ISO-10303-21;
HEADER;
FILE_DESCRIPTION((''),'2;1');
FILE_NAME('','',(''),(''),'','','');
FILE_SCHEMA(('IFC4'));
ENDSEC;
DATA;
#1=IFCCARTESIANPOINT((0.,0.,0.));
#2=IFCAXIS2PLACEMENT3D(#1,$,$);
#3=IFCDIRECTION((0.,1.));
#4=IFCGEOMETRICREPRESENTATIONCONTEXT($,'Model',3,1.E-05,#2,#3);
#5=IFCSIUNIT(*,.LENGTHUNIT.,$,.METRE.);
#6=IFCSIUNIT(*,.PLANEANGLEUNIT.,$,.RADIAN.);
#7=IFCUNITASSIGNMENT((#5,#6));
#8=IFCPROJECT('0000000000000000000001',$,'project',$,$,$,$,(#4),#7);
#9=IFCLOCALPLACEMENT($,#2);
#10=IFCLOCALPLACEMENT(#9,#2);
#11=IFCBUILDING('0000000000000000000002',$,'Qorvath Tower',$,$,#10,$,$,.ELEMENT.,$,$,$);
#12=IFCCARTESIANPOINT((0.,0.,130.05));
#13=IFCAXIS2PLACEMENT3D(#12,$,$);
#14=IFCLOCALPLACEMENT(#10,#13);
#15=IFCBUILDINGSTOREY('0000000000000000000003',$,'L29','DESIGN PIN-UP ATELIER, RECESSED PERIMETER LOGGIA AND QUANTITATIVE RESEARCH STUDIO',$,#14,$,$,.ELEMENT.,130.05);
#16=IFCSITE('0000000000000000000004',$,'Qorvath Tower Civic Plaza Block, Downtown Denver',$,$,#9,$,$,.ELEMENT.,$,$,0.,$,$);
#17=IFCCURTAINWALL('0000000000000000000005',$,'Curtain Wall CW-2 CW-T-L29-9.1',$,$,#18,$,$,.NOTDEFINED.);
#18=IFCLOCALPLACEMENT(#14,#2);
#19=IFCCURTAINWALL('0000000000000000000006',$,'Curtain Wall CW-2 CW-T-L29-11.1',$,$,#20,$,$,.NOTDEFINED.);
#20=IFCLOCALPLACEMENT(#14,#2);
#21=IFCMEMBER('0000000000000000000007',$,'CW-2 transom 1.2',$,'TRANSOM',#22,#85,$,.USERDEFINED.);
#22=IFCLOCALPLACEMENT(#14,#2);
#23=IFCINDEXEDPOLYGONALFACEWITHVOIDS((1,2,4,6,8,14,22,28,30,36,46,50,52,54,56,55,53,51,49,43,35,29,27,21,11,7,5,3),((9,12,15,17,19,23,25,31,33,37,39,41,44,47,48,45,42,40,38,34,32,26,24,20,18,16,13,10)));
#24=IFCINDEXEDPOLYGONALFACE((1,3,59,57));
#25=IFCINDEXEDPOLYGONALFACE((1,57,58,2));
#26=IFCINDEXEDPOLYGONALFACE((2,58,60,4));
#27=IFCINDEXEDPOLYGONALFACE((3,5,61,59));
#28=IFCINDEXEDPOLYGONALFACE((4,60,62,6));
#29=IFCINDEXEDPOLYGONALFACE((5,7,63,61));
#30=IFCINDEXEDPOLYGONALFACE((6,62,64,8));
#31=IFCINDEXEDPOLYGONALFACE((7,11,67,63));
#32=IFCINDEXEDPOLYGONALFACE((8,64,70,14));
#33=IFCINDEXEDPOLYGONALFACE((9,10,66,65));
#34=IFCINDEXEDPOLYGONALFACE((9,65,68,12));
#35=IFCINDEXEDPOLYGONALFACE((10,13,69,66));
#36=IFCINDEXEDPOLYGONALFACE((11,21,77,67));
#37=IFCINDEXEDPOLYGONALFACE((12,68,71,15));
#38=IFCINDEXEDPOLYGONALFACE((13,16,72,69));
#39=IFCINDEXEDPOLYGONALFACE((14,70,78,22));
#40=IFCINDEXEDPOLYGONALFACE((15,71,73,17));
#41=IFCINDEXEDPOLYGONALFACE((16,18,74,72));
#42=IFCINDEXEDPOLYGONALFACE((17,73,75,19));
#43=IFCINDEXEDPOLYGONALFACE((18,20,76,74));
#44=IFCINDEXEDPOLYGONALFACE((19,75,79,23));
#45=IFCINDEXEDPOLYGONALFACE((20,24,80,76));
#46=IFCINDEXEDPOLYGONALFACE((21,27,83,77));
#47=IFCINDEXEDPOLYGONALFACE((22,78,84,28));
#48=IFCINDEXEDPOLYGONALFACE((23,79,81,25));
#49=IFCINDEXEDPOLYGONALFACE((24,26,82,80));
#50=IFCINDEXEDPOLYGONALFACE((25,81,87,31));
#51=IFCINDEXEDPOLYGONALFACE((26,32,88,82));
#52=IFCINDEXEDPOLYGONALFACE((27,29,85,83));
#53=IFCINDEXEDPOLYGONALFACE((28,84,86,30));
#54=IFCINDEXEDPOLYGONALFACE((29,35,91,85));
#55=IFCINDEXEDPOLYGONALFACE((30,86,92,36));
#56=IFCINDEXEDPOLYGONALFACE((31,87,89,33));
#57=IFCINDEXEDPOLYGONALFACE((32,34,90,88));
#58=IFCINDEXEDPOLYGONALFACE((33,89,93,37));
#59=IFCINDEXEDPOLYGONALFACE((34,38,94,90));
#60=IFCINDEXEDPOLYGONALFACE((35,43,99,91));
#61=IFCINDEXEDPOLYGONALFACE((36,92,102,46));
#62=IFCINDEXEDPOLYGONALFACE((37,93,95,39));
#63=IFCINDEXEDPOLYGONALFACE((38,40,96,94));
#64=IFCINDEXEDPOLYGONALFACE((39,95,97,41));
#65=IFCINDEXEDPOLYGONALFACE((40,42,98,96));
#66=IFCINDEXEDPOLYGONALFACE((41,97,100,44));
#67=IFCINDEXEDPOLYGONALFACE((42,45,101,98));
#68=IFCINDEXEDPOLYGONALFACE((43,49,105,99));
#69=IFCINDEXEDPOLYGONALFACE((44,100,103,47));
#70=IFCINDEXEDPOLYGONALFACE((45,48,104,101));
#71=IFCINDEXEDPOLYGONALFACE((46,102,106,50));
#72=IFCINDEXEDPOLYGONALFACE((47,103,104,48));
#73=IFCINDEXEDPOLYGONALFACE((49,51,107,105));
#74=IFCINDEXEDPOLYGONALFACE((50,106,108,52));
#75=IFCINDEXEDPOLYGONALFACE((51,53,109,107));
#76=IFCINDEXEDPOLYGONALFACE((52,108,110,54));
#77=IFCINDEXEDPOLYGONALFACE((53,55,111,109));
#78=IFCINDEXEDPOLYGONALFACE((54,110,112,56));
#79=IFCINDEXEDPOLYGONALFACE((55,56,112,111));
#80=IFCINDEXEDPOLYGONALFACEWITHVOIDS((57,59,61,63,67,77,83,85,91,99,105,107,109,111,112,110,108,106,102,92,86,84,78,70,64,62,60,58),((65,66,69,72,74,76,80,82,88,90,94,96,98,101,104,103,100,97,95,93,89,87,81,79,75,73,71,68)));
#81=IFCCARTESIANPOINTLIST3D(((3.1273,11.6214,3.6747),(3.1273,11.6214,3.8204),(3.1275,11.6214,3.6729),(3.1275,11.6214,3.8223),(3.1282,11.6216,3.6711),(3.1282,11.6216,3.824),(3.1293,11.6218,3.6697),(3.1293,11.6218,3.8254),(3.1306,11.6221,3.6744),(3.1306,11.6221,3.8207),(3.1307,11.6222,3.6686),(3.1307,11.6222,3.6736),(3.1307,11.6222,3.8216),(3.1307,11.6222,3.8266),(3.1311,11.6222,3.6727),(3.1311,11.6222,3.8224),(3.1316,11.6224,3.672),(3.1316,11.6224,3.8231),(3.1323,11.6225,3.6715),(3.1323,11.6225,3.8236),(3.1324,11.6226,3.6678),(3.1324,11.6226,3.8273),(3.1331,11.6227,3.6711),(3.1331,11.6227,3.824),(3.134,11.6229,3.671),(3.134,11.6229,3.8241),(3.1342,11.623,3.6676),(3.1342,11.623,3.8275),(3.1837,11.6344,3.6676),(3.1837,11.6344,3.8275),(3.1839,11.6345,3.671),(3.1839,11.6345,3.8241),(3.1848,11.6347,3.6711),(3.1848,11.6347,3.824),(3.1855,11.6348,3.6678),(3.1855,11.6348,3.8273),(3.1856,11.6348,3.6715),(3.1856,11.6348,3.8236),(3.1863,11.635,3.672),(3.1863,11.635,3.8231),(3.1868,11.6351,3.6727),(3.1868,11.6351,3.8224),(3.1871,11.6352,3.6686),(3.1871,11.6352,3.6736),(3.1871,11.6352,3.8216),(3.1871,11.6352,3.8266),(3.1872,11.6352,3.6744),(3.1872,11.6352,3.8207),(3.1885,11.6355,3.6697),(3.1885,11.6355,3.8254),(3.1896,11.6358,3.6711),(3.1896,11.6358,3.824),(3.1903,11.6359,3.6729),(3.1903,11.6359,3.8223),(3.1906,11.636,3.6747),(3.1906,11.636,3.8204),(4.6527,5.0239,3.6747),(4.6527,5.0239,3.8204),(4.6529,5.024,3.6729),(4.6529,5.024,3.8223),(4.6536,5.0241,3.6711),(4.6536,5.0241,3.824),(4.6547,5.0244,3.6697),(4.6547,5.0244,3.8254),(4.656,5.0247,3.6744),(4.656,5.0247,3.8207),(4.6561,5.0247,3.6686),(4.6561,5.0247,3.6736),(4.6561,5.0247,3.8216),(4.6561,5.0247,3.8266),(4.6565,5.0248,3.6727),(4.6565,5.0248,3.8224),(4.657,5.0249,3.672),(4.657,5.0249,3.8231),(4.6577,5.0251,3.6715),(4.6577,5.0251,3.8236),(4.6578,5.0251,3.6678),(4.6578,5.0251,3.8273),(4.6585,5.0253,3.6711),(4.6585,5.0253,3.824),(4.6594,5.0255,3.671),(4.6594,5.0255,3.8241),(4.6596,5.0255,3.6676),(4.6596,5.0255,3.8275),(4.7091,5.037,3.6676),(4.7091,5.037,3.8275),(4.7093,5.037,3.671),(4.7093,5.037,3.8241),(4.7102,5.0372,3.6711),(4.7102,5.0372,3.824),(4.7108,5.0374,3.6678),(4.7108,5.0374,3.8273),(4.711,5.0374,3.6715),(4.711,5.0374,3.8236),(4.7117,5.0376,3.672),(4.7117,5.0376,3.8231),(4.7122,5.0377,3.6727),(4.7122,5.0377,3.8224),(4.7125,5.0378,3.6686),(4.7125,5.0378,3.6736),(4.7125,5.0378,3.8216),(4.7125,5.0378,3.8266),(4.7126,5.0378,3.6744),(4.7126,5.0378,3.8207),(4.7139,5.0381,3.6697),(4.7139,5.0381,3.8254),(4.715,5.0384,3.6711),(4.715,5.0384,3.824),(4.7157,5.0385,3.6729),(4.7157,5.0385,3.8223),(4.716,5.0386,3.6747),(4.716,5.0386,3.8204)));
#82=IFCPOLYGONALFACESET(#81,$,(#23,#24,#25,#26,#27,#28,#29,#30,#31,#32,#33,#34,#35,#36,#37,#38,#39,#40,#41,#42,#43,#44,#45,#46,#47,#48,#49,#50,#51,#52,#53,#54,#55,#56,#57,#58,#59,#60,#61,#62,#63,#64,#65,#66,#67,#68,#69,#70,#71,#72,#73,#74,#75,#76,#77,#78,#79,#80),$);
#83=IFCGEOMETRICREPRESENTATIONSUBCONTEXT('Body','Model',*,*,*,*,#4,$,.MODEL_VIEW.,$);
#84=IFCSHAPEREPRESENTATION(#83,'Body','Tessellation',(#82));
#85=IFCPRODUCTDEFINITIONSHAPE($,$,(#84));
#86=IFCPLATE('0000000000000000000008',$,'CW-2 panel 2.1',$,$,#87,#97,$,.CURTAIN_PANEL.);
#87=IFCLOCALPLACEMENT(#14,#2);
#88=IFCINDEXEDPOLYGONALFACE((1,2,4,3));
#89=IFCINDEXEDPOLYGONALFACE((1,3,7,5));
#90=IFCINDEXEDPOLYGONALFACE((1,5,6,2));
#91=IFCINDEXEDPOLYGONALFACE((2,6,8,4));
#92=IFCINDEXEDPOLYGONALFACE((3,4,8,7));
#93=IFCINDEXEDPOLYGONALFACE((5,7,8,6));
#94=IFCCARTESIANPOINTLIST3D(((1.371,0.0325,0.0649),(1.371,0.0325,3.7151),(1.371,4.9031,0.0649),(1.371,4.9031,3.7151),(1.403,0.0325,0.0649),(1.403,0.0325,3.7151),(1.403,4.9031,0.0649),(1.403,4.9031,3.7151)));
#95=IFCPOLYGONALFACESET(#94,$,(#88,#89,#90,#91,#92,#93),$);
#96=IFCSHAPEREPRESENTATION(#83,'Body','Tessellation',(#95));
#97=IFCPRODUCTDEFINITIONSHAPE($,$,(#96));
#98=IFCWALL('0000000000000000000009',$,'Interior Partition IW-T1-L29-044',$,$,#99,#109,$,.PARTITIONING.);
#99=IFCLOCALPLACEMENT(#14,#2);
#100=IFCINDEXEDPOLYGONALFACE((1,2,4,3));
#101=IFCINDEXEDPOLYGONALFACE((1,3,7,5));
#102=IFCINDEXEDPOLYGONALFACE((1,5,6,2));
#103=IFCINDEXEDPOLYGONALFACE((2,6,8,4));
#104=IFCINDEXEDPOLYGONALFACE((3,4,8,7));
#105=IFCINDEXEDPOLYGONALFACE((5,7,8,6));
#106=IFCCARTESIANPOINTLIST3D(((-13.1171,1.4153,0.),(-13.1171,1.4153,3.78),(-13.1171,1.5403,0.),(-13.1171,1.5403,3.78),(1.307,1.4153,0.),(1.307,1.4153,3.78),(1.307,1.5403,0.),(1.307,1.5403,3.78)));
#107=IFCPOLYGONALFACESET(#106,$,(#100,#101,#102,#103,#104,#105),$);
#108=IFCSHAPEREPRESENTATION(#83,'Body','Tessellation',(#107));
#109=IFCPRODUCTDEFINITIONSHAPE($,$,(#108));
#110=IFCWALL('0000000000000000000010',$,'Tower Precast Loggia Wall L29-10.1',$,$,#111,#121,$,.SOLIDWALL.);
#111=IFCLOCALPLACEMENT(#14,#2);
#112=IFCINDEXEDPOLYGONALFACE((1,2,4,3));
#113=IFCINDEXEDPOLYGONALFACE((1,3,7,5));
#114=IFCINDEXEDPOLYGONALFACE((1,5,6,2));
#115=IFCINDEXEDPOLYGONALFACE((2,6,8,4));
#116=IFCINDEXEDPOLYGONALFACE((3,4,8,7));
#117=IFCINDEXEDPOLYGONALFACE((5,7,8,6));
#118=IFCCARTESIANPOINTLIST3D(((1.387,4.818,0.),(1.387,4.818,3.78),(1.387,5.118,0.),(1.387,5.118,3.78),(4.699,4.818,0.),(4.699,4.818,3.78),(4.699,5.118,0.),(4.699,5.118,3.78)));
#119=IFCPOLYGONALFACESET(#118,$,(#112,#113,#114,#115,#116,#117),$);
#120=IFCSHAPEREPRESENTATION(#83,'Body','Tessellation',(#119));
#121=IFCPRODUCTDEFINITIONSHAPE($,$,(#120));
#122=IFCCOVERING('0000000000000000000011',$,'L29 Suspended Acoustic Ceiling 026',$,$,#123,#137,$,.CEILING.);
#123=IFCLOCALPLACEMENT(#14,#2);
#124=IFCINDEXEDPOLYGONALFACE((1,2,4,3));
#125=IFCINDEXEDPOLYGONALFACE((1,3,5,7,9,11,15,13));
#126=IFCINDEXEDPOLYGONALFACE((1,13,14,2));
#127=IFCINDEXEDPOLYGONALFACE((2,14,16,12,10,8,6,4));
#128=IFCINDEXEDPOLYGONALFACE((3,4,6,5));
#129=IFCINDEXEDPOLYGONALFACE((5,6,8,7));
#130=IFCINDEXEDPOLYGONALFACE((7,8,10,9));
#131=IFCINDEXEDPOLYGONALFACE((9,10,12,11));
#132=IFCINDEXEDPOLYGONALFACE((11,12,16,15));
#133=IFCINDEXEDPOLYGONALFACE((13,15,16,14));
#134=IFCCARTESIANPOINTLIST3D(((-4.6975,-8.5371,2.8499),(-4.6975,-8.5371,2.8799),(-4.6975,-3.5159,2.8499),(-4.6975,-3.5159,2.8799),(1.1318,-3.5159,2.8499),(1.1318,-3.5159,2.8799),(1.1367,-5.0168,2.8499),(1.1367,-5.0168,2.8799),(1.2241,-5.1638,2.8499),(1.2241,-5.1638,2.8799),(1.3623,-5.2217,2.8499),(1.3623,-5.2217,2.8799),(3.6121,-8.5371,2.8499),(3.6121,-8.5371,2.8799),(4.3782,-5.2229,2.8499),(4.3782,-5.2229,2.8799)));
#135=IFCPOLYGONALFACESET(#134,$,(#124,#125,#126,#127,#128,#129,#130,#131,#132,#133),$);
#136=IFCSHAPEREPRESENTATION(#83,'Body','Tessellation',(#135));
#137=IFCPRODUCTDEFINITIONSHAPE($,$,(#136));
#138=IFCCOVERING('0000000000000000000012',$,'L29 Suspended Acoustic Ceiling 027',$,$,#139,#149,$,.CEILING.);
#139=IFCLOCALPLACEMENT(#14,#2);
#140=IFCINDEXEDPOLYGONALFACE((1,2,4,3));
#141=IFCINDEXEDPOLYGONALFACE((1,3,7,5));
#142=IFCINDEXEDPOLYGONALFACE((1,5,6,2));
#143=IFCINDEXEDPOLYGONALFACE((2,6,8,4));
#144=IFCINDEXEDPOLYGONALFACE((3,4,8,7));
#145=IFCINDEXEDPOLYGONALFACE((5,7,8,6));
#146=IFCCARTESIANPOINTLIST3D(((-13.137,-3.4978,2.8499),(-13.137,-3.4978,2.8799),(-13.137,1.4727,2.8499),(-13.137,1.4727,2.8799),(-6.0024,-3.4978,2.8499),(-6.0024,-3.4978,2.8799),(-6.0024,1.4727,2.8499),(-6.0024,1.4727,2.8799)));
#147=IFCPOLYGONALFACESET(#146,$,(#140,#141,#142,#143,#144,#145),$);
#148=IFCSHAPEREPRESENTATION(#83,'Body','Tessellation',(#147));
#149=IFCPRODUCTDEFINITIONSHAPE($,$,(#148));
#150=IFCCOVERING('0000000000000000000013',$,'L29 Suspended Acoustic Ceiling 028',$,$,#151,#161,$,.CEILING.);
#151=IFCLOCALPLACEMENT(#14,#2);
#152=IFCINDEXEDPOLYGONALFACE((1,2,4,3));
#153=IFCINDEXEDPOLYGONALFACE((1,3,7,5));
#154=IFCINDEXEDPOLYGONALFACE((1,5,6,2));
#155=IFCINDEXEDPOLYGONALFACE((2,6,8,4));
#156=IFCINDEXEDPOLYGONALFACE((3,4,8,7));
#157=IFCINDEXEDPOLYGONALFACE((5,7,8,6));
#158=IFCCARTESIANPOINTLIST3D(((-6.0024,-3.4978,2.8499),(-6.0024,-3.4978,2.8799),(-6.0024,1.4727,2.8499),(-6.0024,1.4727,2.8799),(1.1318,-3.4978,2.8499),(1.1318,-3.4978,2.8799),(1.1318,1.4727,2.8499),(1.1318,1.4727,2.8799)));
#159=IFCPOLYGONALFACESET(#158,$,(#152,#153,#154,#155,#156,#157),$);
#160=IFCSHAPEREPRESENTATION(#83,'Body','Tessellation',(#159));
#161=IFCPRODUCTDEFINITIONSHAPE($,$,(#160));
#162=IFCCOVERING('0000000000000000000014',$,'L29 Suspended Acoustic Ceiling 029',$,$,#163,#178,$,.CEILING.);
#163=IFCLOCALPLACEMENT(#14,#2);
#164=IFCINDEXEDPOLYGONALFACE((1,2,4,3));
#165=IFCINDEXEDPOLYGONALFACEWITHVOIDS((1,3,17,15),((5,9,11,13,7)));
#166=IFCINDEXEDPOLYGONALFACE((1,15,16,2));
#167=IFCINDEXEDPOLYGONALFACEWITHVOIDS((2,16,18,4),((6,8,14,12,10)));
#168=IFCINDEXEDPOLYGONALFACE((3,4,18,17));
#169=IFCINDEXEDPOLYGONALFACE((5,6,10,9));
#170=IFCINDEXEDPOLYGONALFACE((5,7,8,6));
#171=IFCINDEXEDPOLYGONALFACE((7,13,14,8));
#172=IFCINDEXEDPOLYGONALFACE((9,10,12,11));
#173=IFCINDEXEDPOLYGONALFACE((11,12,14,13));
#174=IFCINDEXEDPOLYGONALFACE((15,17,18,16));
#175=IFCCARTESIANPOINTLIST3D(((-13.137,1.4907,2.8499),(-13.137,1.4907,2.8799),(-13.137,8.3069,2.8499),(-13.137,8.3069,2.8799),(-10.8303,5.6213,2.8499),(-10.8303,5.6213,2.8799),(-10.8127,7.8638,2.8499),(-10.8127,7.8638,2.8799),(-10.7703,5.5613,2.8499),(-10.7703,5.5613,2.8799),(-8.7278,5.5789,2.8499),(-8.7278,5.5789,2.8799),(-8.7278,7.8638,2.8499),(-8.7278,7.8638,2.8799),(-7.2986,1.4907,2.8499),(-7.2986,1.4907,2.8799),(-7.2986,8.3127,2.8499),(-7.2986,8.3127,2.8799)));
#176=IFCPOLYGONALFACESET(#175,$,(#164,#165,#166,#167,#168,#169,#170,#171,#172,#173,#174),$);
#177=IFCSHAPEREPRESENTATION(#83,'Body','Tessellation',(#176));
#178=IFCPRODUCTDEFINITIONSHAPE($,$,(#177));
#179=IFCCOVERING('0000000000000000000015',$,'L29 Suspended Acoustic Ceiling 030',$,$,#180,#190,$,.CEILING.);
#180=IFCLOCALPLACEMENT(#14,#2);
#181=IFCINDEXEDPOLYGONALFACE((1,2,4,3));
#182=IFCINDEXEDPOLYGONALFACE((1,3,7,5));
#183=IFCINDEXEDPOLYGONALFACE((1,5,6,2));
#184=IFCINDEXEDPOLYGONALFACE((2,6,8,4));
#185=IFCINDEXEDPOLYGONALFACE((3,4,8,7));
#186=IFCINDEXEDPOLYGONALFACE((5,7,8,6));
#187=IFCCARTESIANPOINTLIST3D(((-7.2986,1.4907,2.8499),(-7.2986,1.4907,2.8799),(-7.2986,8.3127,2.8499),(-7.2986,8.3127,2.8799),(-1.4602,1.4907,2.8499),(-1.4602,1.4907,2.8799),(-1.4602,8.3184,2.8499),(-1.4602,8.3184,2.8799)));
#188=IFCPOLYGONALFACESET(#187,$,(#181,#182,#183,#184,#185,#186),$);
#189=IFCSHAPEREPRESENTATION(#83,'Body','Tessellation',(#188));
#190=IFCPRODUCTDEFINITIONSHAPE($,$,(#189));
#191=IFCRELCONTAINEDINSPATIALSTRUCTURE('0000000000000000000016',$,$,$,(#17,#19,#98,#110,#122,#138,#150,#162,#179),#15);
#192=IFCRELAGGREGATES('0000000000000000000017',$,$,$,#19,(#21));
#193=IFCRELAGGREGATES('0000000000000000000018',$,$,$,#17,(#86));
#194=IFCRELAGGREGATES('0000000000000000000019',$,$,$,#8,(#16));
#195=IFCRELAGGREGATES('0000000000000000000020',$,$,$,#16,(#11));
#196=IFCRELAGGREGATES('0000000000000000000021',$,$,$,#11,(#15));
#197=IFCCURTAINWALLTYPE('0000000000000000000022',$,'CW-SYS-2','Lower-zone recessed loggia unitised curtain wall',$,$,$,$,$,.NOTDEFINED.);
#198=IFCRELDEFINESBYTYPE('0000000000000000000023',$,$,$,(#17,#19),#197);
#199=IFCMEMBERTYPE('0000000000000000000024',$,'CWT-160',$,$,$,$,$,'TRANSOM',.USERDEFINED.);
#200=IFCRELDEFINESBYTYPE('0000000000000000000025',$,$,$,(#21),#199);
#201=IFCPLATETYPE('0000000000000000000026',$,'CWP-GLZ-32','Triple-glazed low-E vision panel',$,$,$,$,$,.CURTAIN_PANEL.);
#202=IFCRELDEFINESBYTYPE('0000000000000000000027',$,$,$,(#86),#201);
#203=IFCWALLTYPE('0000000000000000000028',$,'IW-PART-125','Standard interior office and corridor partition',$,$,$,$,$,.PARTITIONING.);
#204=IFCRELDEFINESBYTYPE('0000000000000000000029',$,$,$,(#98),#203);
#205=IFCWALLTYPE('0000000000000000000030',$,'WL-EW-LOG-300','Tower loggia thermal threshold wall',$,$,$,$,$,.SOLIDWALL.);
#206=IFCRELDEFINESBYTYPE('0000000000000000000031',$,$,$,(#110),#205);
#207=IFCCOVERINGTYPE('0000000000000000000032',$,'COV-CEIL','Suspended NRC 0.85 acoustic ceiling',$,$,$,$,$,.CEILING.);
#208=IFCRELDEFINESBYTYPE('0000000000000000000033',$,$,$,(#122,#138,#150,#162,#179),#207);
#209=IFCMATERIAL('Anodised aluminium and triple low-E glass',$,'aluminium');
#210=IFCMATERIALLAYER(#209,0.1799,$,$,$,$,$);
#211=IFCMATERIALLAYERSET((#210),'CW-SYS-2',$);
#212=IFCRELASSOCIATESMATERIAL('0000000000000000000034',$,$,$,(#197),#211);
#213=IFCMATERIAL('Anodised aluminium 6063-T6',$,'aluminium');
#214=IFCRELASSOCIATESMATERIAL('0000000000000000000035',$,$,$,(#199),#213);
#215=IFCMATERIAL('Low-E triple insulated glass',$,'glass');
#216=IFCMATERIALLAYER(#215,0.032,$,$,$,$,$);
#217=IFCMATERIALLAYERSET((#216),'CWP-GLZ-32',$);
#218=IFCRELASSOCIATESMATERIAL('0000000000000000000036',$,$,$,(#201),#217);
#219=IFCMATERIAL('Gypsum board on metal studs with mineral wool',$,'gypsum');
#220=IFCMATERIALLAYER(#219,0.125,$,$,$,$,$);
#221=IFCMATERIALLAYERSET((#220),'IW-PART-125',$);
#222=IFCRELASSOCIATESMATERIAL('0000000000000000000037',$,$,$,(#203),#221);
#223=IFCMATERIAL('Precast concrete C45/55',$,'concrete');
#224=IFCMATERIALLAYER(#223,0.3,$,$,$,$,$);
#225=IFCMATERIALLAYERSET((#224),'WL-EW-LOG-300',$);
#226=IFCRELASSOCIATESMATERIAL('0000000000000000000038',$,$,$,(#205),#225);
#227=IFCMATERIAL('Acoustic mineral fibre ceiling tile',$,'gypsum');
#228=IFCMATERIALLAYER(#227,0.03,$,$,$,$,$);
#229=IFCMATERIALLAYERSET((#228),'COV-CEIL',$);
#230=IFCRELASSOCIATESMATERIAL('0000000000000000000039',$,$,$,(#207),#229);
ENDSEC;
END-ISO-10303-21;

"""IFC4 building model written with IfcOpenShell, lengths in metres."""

from ifc_helpers import new_model, si_unit, direction, frame, frame_2d, origin, origin_2d, place, context, subcontext, project, spatial, polyline, rectangle, hollow_rectangle, outline, extrude, material, layer, layer_set, material_profile, profile_set, type_object, element, aggregate, save


model = new_model("IFC4")

# Units and contexts
model_context = context("Model", 3, precision=1e-05, world=origin(), true_north=direction((0.0, 1.0)))
body_context = subcontext(model_context, "Body", "Model", "MODEL_VIEW")
ifc_project = project(units=[si_unit("LENGTHUNIT", "METRE"), si_unit("PLANEANGLEUNIT", "RADIAN")], contexts=[model_context])

# Site, building, storey
site_placement = place(None, origin())
site = spatial("IfcSite", under=ifc_project, at=site_placement, Name="Qorvath Tower Civic Plaza Block, Downtown Denver", CompositionType="ELEMENT", RefElevation=0.0)
building_placement = place(site_placement, origin())
building = spatial("IfcBuilding", under=site, at=building_placement, Name="Qorvath Tower", CompositionType="ELEMENT")
storey_placement = place(building_placement, frame((0.0, 0.0, 130.05)))
storey = spatial("IfcBuildingStorey", under=building, at=storey_placement, Name="L29", Description="DESIGN PIN-UP ATELIER, RECESSED PERIMETER LOGGIA AND QUANTITATIVE RESEARCH STUDIO", CompositionType="ELEMENT", Elevation=130.05)

# Curtain wall
ifc_material_1 = material(Name="Anodised aluminium and triple low-E glass", Category="aluminium")
ifc_layer_1 = layer(ifc_material_1, 0.1799)
ifc_layer_set_1 = layer_set([ifc_layer_1], Name="CW-SYS-2")
curtain_wall_type = type_object("IfcCurtainWallType", Name="CW-SYS-2", Description="Lower-zone recessed loggia unitised curtain wall", PredefinedType="NOTDEFINED", material=ifc_layer_set_1)
curtain_wall_1_placement = place(storey_placement, origin())
curtain_wall_1 = element("IfcCurtainWall", 1, at=curtain_wall_1_placement, inside=storey, type_object=curtain_wall_type, Name="Curtain Wall CW-2 CW-T-L29-9.1", PredefinedType="NOTDEFINED")

# Curtain wall
curtain_wall_2_placement = place(storey_placement, origin())
curtain_wall_2 = element("IfcCurtainWall", 2, at=curtain_wall_2_placement, inside=storey, type_object=curtain_wall_type, Name="Curtain Wall CW-2 CW-T-L29-11.1", PredefinedType="NOTDEFINED")

# Member
ifc_material_2 = material(Name="Anodised aluminium 6063-T6", Category="aluminium")
ifc_material_profile_1 = material_profile(ifc_material_2, hollow_rectangle(XDim=0.0649, YDim=0.1599, WallThickness=0.0034, InnerFilletRadius=0.0034, OuterFilletRadius=0.0071, at=origin_2d()), Name="CWT 160x65")
ifc_profile_set_1 = profile_set([ifc_material_profile_1], Name="Anodised aluminium 6063-T6")
member_type_1 = type_object("IfcMemberType", Name="CWT-160", ElementType="TRANSOM", PredefinedType="USERDEFINED", material=ifc_profile_set_1)
member_1_placement = place(storey_placement, frame((4.6843, 5.0312, 3.7476), z_axis=(-0.225268, 0.974297, 0.0), x_axis=(-0.974297, -0.225268, 0.0)))
member_1 = element("IfcMember", 3, at=member_1_placement, type_object=member_type_1, Name="CW-2 transom 1.2", ObjectType="TRANSOM", PredefinedType="USERDEFINED", context=body_context, shape_type="SweptSolid", body=[
    extrude(hollow_rectangle(XDim=0.0649, YDim=0.1599, WallThickness=0.0034, InnerFilletRadius=0.0034, OuterFilletRadius=0.0071, at=origin_2d()), origin(), (0.0, 0.0, 1.0), 6.7715),
])
aggregate(curtain_wall_2, [member_1])

# Plate
ifc_material_3 = material(Name="Low-E triple insulated glass", Category="glass")
ifc_layer_2 = layer(ifc_material_3, 0.032)
ifc_layer_set_2 = layer_set([ifc_layer_2], Name="CWP-GLZ-32")
plate_type = type_object("IfcPlateType", Name="CWP-GLZ-32", Description="Triple-glazed low-E vision panel", PredefinedType="CURTAIN_PANEL", material=ifc_layer_set_2)
plate_placement = place(storey_placement, frame((1.387, 2.4678, 0.0649), z_axis=(0.0, 0.0, 1.0), x_axis=(0.0, 1.0, 0.0)))
plate = element("IfcPlate", 4, at=plate_placement, type_object=plate_type, Name="CW-2 panel 2.1", PredefinedType="CURTAIN_PANEL", context=body_context, shape_type="SweptSolid", body=[
    extrude(rectangle(XDim=4.8706, YDim=0.032, at=origin_2d()), origin(), (0.0, 0.0, 1.0), 3.6501),
])
aggregate(curtain_wall_1, [plate])

# Walls
ifc_material_4 = material(Name="Gypsum board on metal studs with mineral wool", Category="gypsum")
ifc_layer_3 = layer(ifc_material_4, 0.125)
ifc_layer_set_3 = layer_set([ifc_layer_3], Name="IW-PART-125")
wall_type_1 = type_object("IfcWallType", Name="IW-PART-125", Description="Standard interior office and corridor partition", PredefinedType="PARTITIONING", material=ifc_layer_set_3)
wall_1_placement = place(storey_placement, frame((1.3069, 1.4778, 0.0), z_axis=(0.0, 0.0, 1.0), x_axis=(-1.0, 0.0, 0.0)))
element("IfcWall", 5, at=wall_1_placement, inside=storey, type_object=wall_type_1, Name="Interior Partition IW-T1-L29-044", PredefinedType="PARTITIONING", context=body_context, shape_type="SweptSolid", body=[
    extrude(rectangle(XDim=14.4241, YDim=0.125, at=frame_2d((7.2119, 0.0))), origin(), (0.0, 0.0, 1.0), 3.78),
])
ifc_material_5 = material(Name="Precast concrete C45/55", Category="concrete")
ifc_layer_4 = layer(ifc_material_5, 0.3)
ifc_layer_set_4 = layer_set([ifc_layer_4], Name="WL-EW-LOG-300")
wall_type_2 = type_object("IfcWallType", Name="WL-EW-LOG-300", Description="Tower loggia thermal threshold wall", PredefinedType="SOLIDWALL", material=ifc_layer_set_4)
wall_2_placement = place(storey_placement, frame((1.387, 4.968, 0.0), z_axis=(0.0, 0.0, 1.0), x_axis=(1.0, 0.0, 0.0)))
element("IfcWall", 6, at=wall_2_placement, inside=storey, type_object=wall_type_2, Name="Tower Precast Loggia Wall L29-10.1", PredefinedType="SOLIDWALL", context=body_context, shape_type="SweptSolid", body=[
    extrude(rectangle(XDim=3.312, YDim=0.3, at=frame_2d((1.656, 0.0))), origin(), (0.0, 0.0, 1.0), 3.78),
])

# Coverings
ifc_material_6 = material(Name="Acoustic mineral fibre ceiling tile", Category="gypsum")
ifc_layer_5 = layer(ifc_material_6, 0.03)
ifc_layer_set_5 = layer_set([ifc_layer_5], Name="COV-CEIL")
covering_type_1 = type_object("IfcCoveringType", Name="COV-CEIL", Description="Suspended NRC 0.85 acoustic ceiling", PredefinedType="CEILING", material=ifc_layer_set_5)
covering_1_placement = place(storey_placement, frame((0.0, 0.0, 2.8499)))
element("IfcCovering", 7, at=covering_1_placement, inside=storey, type_object=covering_type_1, Name="L29 Suspended Acoustic Ceiling 026", PredefinedType="CEILING", context=body_context, shape_type="SweptSolid", body=[
    extrude(outline(polyline([(1.2241, -5.1638), (1.1367, -5.0168), (1.1318, -3.5159), (-4.6975, -3.5159), (-4.6975, -8.5371), (3.6121, -8.5371), (4.3782, -5.2229), (1.3623, -5.2217), (1.2241, -5.1638)])), origin(), (0.0, 0.0, 1.0), 0.03),
])
covering_2_placement = place(storey_placement, frame((0.0, 0.0, 2.8499)))
element("IfcCovering", 8, at=covering_2_placement, inside=storey, type_object=covering_type_1, Name="L29 Suspended Acoustic Ceiling 027", PredefinedType="CEILING", context=body_context, shape_type="SweptSolid", body=[
    extrude(outline(polyline([(-13.137, -3.4978), (-6.0024, -3.4978), (-6.0024, 1.4727), (-13.137, 1.4727), (-13.137, -3.4978)])), origin(), (0.0, 0.0, 1.0), 0.03),
])
covering_3_placement = place(storey_placement, frame((0.0, 0.0, 2.8499)))
element("IfcCovering", 9, at=covering_3_placement, inside=storey, type_object=covering_type_1, Name="L29 Suspended Acoustic Ceiling 028", PredefinedType="CEILING", context=body_context, shape_type="SweptSolid", body=[
    extrude(outline(polyline([(-6.0024, 1.4727), (-6.0024, -3.4978), (1.1318, -3.4978), (1.1318, 1.4727), (-6.0024, 1.4727)])), origin(), (0.0, 0.0, 1.0), 0.03),
])
covering_4_placement = place(storey_placement, frame((0.0, 0.0, 2.8499)))
element("IfcCovering", 10, at=covering_4_placement, inside=storey, type_object=covering_type_1, Name="L29 Suspended Acoustic Ceiling 029", PredefinedType="CEILING", context=body_context, shape_type="SweptSolid", body=[
    extrude(outline(polyline([(-7.2986, 1.4907), (-7.2986, 8.3127), (-13.137, 8.3069), (-13.137, 1.4907), (-7.2986, 1.4907)]), holes=[polyline([(-10.8303, 5.6213), (-10.8127, 7.8638), (-8.7278, 7.8638), (-8.7278, 5.5789), (-10.7703, 5.5613), (-10.8303, 5.6213)])]), origin(), (0.0, 0.0, 1.0), 0.03),
])
covering_5_placement = place(storey_placement, frame((0.0, 0.0, 2.8499)))
element("IfcCovering", 11, at=covering_5_placement, inside=storey, type_object=covering_type_1, Name="L29 Suspended Acoustic Ceiling 030", PredefinedType="CEILING", context=body_context, shape_type="SweptSolid", body=[
    extrude(outline(polyline([(-1.4602, 1.4907), (-1.4602, 8.3184), (-7.2986, 8.3127), (-7.2986, 1.4907), (-1.4602, 1.4907)])), origin(), (0.0, 0.0, 1.0), 0.03),
])

save(model, "model.ifc")
